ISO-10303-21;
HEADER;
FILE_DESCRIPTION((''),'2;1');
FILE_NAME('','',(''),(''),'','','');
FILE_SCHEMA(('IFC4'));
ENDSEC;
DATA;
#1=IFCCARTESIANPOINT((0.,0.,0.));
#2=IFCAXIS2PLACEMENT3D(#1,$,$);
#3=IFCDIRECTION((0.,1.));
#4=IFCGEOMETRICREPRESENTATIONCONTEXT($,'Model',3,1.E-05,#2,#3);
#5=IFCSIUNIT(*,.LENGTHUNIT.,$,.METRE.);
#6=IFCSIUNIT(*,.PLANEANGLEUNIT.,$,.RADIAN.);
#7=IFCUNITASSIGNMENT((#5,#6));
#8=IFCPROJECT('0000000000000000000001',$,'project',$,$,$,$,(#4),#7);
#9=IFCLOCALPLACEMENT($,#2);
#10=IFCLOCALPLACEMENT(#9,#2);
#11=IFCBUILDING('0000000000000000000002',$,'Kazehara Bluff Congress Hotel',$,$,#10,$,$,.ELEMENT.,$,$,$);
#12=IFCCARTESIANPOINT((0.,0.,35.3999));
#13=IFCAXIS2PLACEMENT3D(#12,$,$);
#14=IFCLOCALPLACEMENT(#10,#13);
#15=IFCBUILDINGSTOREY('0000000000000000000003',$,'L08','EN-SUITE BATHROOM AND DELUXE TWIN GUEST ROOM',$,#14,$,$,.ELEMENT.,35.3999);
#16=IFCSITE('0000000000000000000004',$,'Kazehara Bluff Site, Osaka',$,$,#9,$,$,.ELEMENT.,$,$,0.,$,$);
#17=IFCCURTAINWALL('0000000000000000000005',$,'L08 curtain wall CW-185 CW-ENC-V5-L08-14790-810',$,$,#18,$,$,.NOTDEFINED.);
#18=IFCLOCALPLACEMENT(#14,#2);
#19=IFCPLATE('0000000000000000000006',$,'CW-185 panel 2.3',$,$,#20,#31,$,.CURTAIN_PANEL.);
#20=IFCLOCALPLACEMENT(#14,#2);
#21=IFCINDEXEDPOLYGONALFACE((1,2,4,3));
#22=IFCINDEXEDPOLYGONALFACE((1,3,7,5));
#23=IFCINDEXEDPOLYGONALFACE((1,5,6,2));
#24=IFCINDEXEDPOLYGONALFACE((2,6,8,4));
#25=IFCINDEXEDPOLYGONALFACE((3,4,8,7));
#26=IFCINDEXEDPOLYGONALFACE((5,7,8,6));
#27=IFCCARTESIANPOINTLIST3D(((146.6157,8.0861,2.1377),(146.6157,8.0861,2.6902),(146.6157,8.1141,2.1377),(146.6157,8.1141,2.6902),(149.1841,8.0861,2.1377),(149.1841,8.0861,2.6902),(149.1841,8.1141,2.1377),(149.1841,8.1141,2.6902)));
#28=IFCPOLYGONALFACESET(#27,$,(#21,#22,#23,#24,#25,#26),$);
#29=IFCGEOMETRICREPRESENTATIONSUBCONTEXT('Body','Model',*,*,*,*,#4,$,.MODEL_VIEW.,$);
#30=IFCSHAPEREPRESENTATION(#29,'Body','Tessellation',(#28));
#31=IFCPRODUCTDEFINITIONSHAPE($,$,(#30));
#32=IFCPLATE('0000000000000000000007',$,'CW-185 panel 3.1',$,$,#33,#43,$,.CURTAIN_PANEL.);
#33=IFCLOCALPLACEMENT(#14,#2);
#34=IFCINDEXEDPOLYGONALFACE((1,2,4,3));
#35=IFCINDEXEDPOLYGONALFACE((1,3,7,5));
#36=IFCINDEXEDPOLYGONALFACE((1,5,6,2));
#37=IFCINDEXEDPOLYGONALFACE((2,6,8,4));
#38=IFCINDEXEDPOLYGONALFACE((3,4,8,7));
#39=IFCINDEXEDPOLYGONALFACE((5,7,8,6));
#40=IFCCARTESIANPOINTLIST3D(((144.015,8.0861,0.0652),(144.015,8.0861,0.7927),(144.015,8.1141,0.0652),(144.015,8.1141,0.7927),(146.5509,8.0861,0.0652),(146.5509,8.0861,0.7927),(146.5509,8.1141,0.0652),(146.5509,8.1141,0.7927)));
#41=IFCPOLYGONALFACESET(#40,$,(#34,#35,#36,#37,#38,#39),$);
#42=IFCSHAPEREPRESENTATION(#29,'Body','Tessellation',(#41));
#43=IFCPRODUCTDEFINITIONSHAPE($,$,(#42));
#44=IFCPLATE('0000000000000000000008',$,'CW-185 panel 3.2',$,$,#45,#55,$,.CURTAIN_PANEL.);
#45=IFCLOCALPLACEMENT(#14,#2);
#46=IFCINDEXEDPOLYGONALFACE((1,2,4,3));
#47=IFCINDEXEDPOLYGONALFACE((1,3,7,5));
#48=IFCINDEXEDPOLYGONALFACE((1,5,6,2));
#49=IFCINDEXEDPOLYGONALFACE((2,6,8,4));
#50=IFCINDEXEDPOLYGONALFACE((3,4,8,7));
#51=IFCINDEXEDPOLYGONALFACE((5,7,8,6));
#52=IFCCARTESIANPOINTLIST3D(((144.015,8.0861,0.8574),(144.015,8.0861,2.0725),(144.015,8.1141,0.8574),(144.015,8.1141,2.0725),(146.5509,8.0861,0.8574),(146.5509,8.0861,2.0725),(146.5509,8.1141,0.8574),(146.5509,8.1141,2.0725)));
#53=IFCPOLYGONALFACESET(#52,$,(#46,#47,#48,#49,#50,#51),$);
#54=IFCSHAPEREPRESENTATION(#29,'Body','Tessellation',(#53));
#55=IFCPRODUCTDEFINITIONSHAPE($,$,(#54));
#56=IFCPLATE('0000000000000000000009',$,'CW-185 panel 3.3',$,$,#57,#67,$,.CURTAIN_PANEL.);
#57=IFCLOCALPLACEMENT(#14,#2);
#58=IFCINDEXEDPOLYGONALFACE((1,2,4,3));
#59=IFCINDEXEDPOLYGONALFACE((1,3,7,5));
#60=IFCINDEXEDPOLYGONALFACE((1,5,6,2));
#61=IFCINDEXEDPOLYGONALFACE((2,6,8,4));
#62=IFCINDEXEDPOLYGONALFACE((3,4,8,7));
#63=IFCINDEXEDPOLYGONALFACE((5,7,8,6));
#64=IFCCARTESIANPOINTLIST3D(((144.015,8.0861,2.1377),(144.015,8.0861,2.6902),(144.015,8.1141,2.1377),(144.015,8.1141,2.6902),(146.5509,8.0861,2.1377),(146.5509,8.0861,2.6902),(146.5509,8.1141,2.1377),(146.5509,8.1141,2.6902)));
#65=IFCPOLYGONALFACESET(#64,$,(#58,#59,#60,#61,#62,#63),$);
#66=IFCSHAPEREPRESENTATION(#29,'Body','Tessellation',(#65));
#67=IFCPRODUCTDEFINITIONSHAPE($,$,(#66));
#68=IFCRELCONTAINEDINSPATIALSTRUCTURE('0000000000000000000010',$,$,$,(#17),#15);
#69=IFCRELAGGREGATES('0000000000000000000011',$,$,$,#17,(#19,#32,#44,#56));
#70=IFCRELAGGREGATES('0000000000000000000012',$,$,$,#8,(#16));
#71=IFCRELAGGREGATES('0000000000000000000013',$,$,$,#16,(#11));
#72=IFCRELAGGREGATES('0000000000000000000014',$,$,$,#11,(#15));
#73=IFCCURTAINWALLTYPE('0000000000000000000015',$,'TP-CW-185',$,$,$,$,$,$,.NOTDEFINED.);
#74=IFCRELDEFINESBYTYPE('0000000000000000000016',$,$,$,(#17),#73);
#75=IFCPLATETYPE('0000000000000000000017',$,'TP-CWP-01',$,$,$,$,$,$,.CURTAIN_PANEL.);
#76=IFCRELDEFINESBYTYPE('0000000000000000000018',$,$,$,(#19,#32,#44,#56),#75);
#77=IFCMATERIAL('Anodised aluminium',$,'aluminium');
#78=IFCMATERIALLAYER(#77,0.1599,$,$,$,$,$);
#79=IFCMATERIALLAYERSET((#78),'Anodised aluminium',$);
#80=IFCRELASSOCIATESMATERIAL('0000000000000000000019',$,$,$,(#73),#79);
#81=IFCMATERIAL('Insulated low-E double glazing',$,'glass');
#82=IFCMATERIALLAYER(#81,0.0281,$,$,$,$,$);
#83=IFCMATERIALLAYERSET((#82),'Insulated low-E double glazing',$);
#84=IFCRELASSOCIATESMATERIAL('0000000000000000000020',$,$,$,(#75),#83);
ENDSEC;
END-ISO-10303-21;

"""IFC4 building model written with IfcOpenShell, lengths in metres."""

from ifc_helpers import new_model, si_unit, direction, frame, origin, origin_2d, place, context, subcontext, project, spatial, rectangle, extrude, material, layer, layer_set, type_object, element, aggregate, save


model = new_model("IFC4")

# Units and contexts
model_context = context("Model", 3, precision=1e-05, world=origin(), true_north=direction((0.0, 1.0)))
body_context = subcontext(model_context, "Body", "Model", "MODEL_VIEW")
ifc_project = project(units=[si_unit("LENGTHUNIT", "METRE"), si_unit("PLANEANGLEUNIT", "RADIAN")], contexts=[model_context])

# Site, building, storey
site_placement = place(None, origin())
site = spatial("IfcSite", under=ifc_project, at=site_placement, Name="Kazehara Bluff Site, Osaka", CompositionType="ELEMENT", RefElevation=0.0)
building_placement = place(site_placement, origin())
building = spatial("IfcBuilding", under=site, at=building_placement, Name="Kazehara Bluff Congress Hotel", CompositionType="ELEMENT")
storey_placement = place(building_placement, frame((0.0, 0.0, 35.3999)))
storey = spatial("IfcBuildingStorey", under=building, at=storey_placement, Name="L08", Description="EN-SUITE BATHROOM AND DELUXE TWIN GUEST ROOM", CompositionType="ELEMENT", Elevation=35.3999)

# Curtain wall
ifc_material_1 = material(Name="Anodised aluminium", Category="aluminium")
ifc_layer_1 = layer(ifc_material_1, 0.1599)
ifc_layer_set_1 = layer_set([ifc_layer_1], Name="Anodised aluminium")
curtain_wall_type = type_object("IfcCurtainWallType", Name="TP-CW-185", PredefinedType="NOTDEFINED", material=ifc_layer_set_1)
curtain_wall_placement = place(storey_placement, origin())
curtain_wall = element("IfcCurtainWall", 1, at=curtain_wall_placement, inside=storey, type_object=curtain_wall_type, Name="L08 curtain wall CW-185 CW-ENC-V5-L08-14790-810", PredefinedType="NOTDEFINED")

# Plates
ifc_material_2 = material(Name="Insulated low-E double glazing", Category="glass")
ifc_layer_2 = layer(ifc_material_2, 0.0281)
ifc_layer_set_2 = layer_set([ifc_layer_2], Name="Insulated low-E double glazing")
plate_type = type_object("IfcPlateType", Name="TP-CWP-01", PredefinedType="CURTAIN_PANEL", material=ifc_layer_set_2)
plate_1_placement = place(storey_placement, frame((147.8999, 8.1001, 2.1377), z_axis=(0.0, 0.0, 1.0), x_axis=(-1.0, 0.0, 0.0)))
plate_1 = element("IfcPlate", 2, at=plate_1_placement, type_object=plate_type, Name="CW-185 panel 2.3", PredefinedType="CURTAIN_PANEL", context=body_context, shape_type="SweptSolid", body=[
    extrude(rectangle(XDim=2.5684, YDim=0.0281, at=origin_2d()), origin(), (0.0, 0.0, 1.0), 0.5525),
])
plate_2_placement = place(storey_placement, frame((145.283, 8.1001, 0.0652), z_axis=(0.0, 0.0, 1.0), x_axis=(-1.0, 0.0, 0.0)))
plate_2 = element("IfcPlate", 3, at=plate_2_placement, type_object=plate_type, Name="CW-185 panel 3.1", PredefinedType="CURTAIN_PANEL", context=body_context, shape_type="SweptSolid", body=[
    extrude(rectangle(XDim=2.5359, YDim=0.0281, at=origin_2d()), origin(), (0.0, 0.0, 1.0), 0.7275),
])
plate_3_placement = place(storey_placement, frame((145.283, 8.1001, 0.8574), z_axis=(0.0, 0.0, 1.0), x_axis=(-1.0, 0.0, 0.0)))
plate_3 = element("IfcPlate", 4, at=plate_3_placement, type_object=plate_type, Name="CW-185 panel 3.2", PredefinedType="CURTAIN_PANEL", context=body_context, shape_type="SweptSolid", body=[
    extrude(rectangle(XDim=2.5359, YDim=0.0281, at=origin_2d()), origin(), (0.0, 0.0, 1.0), 1.2151),
])
plate_4_placement = place(storey_placement, frame((145.283, 8.1001, 2.1377), z_axis=(0.0, 0.0, 1.0), x_axis=(-1.0, 0.0, 0.0)))
plate_4 = element("IfcPlate", 5, at=plate_4_placement, type_object=plate_type, Name="CW-185 panel 3.3", PredefinedType="CURTAIN_PANEL", context=body_context, shape_type="SweptSolid", body=[
    extrude(rectangle(XDim=2.5359, YDim=0.0281, at=origin_2d()), origin(), (0.0, 0.0, 1.0), 0.5525),
])
aggregate(curtain_wall, [plate_1, plate_2, plate_3, plate_4])

save(model, "model.ifc")
